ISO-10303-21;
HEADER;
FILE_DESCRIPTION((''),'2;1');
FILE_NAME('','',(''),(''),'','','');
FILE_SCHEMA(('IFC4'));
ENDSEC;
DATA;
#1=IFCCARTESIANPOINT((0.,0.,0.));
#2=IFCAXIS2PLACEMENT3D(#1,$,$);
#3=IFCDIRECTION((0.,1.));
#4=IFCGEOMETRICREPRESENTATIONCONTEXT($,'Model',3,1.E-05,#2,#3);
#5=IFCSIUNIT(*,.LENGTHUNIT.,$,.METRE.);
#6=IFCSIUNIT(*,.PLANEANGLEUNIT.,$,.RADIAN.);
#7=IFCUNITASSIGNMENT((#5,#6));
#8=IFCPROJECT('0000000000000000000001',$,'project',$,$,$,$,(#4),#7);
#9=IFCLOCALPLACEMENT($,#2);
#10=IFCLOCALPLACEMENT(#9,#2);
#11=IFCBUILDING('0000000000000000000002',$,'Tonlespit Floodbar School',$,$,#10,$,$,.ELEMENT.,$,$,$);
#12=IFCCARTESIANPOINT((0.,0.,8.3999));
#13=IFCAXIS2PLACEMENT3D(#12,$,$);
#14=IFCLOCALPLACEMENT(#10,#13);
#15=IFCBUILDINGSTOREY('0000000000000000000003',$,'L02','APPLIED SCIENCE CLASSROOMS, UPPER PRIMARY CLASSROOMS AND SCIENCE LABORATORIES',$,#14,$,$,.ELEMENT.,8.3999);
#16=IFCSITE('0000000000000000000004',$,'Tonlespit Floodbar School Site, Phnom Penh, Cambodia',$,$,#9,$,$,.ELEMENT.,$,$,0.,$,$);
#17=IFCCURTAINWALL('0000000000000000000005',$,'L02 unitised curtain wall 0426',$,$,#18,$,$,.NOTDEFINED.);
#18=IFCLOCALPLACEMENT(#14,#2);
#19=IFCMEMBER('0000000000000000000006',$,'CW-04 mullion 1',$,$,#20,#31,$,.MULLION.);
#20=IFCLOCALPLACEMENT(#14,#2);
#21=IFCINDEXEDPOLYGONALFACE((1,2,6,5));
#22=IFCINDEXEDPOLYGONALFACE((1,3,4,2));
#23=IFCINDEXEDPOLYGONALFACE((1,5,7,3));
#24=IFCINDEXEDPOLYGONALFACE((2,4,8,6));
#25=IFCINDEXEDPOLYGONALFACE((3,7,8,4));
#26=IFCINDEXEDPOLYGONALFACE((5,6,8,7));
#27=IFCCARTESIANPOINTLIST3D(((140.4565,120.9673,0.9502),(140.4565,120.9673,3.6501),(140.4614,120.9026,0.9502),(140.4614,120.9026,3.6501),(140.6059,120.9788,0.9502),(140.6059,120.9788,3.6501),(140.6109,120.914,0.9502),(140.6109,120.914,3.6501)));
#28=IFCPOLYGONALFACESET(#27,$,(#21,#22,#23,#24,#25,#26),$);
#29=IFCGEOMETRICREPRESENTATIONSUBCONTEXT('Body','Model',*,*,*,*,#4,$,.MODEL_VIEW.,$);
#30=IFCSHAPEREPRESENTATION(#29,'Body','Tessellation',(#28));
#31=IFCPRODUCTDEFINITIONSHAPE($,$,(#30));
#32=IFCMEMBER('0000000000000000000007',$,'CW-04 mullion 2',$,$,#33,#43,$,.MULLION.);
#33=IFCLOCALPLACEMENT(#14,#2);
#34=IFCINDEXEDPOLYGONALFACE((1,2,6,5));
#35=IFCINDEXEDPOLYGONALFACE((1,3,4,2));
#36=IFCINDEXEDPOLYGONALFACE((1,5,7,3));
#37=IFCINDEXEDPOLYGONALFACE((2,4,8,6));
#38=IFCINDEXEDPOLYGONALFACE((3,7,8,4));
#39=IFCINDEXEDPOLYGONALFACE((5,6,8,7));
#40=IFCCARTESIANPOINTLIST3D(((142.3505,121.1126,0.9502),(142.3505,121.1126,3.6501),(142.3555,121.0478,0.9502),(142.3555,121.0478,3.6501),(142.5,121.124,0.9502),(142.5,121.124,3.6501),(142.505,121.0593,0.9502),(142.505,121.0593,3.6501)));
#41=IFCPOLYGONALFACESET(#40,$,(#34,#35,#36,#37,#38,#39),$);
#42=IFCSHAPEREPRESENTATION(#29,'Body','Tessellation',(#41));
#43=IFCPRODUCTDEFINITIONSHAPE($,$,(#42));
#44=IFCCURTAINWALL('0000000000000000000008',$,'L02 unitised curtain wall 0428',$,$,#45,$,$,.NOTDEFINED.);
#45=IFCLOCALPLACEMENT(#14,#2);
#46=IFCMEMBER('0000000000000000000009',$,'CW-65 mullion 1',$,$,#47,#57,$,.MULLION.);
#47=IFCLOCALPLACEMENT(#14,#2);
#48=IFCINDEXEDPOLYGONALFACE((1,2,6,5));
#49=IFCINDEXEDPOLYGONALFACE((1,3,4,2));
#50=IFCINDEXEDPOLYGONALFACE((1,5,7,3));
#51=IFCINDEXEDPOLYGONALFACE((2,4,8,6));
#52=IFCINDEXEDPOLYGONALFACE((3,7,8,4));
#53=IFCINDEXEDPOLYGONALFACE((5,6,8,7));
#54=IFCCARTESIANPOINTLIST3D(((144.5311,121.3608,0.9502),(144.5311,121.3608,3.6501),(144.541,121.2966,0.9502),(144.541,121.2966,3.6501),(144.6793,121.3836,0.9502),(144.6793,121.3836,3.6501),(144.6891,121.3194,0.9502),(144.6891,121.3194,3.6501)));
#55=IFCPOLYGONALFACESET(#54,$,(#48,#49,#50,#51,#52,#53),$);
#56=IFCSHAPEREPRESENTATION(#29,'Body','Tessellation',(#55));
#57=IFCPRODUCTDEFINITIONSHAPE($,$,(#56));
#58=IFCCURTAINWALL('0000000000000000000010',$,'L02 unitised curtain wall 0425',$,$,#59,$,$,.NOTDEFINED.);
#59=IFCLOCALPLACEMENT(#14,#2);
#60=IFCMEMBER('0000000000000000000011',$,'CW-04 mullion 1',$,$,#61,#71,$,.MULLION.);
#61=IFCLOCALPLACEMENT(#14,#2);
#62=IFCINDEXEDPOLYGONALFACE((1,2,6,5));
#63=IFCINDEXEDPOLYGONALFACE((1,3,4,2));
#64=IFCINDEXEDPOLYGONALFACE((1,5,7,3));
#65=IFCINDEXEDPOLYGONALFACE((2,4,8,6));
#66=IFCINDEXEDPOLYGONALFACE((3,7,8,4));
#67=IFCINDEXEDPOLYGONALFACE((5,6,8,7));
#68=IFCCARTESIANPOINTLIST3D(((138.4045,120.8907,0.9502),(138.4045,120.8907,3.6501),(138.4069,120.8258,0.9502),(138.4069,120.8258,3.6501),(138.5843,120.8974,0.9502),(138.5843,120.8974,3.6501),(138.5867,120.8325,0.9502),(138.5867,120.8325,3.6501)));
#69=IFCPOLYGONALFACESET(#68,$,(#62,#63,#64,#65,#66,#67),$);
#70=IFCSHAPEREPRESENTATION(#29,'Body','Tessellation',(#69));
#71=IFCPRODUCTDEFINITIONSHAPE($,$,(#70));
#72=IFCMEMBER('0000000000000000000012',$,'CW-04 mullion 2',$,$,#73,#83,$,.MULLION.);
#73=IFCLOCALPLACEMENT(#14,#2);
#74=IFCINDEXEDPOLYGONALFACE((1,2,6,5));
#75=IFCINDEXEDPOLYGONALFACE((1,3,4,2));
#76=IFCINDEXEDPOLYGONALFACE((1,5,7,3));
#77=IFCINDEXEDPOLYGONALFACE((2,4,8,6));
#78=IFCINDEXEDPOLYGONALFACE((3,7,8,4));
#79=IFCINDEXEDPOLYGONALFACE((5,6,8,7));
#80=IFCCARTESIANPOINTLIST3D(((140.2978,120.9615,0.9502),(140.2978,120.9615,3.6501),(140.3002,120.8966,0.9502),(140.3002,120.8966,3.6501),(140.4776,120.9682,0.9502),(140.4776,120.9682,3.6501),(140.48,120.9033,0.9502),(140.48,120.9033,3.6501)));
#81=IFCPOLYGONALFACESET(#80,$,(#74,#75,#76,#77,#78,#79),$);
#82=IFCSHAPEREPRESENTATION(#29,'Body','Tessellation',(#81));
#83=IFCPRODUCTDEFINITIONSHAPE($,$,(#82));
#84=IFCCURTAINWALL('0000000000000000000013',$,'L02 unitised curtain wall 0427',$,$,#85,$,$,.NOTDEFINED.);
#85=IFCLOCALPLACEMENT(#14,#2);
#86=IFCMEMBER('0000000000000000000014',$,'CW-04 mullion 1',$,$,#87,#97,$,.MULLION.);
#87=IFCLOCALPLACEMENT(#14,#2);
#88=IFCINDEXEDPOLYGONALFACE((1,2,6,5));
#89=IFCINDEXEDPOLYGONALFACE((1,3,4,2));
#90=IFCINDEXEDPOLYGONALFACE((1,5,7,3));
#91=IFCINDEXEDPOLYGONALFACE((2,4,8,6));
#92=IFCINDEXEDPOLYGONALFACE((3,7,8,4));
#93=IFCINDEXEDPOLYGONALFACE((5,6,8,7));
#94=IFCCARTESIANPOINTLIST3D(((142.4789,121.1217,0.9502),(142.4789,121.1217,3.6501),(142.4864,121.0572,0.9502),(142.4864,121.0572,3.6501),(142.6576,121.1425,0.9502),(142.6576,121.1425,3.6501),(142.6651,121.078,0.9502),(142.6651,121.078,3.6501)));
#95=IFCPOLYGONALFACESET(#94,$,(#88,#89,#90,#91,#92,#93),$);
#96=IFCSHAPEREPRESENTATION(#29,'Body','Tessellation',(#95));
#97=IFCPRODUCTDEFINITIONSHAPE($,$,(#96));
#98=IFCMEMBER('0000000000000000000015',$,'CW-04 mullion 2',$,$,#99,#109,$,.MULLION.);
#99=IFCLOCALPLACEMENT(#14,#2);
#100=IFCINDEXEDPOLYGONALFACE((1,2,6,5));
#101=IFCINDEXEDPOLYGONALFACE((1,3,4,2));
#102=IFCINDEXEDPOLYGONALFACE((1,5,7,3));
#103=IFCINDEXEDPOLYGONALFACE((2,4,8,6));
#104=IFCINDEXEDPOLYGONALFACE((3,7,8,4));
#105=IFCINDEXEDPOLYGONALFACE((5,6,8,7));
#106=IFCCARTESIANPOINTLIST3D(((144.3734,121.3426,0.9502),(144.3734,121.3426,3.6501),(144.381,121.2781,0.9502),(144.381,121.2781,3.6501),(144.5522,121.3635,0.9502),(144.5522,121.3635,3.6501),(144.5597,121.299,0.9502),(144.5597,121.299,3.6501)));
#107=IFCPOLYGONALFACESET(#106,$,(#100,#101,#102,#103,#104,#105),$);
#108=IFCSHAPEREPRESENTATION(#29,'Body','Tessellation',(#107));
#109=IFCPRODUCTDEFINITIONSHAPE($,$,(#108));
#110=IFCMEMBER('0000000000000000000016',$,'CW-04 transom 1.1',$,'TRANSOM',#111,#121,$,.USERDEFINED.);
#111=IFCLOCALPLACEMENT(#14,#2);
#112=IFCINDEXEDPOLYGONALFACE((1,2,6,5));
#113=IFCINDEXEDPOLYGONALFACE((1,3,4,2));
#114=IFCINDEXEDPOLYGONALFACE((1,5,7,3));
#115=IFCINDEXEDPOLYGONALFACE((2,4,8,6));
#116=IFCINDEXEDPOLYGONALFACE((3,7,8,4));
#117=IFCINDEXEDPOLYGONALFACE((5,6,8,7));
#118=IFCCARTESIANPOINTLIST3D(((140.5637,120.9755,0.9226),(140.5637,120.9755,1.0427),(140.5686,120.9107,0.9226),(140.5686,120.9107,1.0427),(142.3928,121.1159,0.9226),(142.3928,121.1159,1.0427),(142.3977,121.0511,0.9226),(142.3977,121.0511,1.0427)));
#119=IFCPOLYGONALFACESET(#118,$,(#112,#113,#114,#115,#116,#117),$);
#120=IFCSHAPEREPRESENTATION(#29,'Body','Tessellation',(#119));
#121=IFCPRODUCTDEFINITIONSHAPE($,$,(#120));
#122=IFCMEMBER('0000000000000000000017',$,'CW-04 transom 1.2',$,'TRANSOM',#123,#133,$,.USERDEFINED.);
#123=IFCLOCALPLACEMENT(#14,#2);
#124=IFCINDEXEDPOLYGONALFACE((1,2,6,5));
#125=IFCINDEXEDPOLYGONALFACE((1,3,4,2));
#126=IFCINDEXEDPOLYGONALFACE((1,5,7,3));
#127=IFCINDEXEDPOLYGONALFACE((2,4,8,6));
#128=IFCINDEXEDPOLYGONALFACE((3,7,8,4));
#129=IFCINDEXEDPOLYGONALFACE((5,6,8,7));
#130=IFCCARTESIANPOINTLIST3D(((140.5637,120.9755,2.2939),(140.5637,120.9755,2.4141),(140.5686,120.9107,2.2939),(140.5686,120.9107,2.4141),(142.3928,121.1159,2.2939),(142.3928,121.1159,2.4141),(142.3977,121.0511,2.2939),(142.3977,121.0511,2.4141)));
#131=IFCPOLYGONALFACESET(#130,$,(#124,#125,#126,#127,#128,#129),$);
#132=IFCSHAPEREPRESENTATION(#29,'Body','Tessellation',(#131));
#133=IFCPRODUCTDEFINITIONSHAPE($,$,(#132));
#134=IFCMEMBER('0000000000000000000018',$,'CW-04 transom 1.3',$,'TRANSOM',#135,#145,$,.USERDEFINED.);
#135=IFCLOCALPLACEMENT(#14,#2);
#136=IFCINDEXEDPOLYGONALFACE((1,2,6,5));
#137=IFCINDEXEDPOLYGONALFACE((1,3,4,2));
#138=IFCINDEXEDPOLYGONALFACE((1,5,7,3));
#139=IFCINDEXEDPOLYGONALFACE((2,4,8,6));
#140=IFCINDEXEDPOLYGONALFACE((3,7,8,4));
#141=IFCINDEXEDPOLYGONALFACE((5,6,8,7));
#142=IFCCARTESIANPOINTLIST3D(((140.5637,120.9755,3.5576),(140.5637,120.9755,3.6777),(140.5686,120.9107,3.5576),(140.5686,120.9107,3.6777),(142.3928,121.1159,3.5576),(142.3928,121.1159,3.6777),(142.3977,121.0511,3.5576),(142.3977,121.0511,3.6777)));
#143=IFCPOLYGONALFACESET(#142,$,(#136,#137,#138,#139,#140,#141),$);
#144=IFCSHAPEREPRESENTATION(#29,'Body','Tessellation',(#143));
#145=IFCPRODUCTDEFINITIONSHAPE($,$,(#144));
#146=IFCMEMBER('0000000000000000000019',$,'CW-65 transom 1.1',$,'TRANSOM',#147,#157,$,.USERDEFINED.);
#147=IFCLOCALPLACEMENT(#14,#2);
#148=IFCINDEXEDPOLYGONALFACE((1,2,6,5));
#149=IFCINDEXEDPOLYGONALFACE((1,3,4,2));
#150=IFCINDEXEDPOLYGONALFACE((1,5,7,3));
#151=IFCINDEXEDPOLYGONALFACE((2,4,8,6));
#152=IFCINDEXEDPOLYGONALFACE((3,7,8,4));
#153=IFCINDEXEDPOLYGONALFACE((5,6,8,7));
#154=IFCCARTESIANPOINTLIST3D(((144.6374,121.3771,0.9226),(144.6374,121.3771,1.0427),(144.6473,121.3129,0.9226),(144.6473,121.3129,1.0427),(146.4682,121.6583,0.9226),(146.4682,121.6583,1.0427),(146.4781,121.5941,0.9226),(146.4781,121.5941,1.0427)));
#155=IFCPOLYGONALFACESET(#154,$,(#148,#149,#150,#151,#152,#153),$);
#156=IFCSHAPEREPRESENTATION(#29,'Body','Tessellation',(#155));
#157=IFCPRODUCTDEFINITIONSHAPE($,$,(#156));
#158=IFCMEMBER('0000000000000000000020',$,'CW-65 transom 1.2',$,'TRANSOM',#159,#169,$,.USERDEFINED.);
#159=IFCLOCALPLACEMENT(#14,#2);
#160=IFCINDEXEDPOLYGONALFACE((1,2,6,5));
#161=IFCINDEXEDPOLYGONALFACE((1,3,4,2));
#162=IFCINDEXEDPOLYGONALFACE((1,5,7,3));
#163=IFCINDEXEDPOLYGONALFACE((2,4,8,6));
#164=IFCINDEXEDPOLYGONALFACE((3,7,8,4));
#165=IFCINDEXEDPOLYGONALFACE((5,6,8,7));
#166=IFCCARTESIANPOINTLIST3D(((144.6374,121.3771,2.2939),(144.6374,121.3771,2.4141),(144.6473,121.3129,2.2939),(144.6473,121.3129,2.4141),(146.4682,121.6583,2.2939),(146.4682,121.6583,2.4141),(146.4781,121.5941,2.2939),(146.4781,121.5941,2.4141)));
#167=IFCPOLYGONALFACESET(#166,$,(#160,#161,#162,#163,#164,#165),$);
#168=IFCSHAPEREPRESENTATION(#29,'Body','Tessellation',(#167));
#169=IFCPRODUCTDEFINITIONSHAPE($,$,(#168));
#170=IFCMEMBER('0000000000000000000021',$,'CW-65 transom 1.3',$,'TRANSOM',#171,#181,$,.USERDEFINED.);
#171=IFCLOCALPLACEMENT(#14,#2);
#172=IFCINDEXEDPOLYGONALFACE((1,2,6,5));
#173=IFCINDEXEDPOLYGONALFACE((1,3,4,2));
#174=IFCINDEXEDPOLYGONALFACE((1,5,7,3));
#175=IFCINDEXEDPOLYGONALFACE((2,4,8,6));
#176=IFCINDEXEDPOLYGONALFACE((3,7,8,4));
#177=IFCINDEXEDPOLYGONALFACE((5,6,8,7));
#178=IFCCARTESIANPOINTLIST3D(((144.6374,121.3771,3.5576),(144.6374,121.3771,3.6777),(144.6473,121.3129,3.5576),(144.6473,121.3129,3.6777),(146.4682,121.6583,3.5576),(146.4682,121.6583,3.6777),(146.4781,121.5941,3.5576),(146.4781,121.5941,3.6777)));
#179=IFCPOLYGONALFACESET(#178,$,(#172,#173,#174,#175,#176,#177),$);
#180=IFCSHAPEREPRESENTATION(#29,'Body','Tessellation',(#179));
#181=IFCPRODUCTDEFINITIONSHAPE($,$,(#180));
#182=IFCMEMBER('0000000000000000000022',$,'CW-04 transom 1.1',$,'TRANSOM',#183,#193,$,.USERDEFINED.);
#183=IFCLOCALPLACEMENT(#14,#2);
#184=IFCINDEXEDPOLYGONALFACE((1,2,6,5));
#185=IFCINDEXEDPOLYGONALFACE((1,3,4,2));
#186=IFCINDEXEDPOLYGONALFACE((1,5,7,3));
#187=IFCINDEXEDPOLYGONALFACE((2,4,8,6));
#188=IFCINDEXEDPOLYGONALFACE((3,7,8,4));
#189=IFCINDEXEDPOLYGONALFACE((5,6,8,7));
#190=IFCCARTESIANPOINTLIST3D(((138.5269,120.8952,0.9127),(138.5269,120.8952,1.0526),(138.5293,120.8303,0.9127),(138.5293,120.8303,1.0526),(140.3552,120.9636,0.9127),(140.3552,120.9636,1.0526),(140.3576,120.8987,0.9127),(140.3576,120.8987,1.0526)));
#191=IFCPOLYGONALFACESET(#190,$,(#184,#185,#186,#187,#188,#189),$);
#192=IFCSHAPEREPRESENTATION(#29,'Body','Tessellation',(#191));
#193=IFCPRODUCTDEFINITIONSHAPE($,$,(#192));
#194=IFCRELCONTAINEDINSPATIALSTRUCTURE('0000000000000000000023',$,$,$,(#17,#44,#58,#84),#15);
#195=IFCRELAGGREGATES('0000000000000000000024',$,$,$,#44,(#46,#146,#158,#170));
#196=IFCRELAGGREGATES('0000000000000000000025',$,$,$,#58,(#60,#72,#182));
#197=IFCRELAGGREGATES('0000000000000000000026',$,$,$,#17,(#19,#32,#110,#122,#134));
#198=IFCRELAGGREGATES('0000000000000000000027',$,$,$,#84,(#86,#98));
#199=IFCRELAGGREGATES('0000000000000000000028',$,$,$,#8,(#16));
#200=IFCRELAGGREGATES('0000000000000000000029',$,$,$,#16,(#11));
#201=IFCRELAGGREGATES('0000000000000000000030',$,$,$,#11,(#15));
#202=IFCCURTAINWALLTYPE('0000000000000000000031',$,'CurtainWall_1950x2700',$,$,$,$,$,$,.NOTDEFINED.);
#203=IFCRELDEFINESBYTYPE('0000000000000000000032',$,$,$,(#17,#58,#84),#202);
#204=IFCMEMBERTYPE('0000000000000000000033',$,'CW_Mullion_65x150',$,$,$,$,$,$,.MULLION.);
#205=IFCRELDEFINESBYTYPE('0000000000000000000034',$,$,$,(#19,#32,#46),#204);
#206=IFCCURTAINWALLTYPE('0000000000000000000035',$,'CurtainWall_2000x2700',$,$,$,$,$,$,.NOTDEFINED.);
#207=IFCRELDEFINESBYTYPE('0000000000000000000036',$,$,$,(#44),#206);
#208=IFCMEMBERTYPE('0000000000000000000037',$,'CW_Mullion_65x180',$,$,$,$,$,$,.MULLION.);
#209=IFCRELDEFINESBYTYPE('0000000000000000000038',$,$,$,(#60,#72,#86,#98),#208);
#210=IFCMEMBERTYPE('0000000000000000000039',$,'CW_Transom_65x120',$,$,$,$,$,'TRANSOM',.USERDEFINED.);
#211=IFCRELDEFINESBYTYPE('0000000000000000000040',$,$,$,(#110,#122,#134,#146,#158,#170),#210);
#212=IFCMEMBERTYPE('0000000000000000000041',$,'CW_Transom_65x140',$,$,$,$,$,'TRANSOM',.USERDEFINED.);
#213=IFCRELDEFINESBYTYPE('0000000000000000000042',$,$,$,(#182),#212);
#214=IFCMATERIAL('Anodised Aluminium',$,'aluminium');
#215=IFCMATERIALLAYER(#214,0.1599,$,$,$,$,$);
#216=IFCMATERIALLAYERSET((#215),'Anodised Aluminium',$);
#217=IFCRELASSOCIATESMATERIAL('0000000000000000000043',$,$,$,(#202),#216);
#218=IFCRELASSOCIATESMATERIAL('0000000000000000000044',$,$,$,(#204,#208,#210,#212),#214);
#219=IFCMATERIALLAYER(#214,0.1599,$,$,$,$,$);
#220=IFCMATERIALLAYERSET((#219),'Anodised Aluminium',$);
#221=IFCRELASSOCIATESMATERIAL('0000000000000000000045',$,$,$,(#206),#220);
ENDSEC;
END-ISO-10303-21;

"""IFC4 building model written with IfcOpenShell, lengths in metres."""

from ifc_helpers import new_model, si_unit, direction, frame, origin, origin_2d, place, context, subcontext, project, spatial, rectangle, extrude, material, layer, layer_set, material_profile, profile_set, type_object, element, aggregate, save


model = new_model("IFC4")

# Units and contexts
model_context = context("Model", 3, precision=1e-05, world=origin(), true_north=direction((0.0, 1.0)))
body_context = subcontext(model_context, "Body", "Model", "MODEL_VIEW")
ifc_project = project(units=[si_unit("LENGTHUNIT", "METRE"), si_unit("PLANEANGLEUNIT", "RADIAN")], contexts=[model_context])

# Site, building, storey
site_placement = place(None, origin())
site = spatial("IfcSite", under=ifc_project, at=site_placement, Name="Tonlespit Floodbar School Site, Phnom Penh, Cambodia", CompositionType="ELEMENT", RefElevation=0.0)
building_placement = place(site_placement, origin())
building = spatial("IfcBuilding", under=site, at=building_placement, Name="Tonlespit Floodbar School", CompositionType="ELEMENT")
storey_placement = place(building_placement, frame((0.0, 0.0, 8.3999)))
storey = spatial("IfcBuildingStorey", under=building, at=storey_placement, Name="L02", Description="APPLIED SCIENCE CLASSROOMS, UPPER PRIMARY CLASSROOMS AND SCIENCE LABORATORIES", CompositionType="ELEMENT", Elevation=8.3999)

# Curtain wall, members
ifc_material_1 = material(Name="Anodised Aluminium", Category="aluminium")
ifc_layer_1 = layer(ifc_material_1, 0.1599)
ifc_layer_set_1 = layer_set([ifc_layer_1], Name="Anodised Aluminium")
curtain_wall_type_1 = type_object("IfcCurtainWallType", Name="CurtainWall_1950x2700", PredefinedType="NOTDEFINED", material=ifc_layer_set_1)
curtain_wall_1_placement = place(storey_placement, origin())
curtain_wall_1 = element("IfcCurtainWall", 1, at=curtain_wall_1_placement, inside=storey, type_object=curtain_wall_type_1, Name="L02 unitised curtain wall 0426", PredefinedType="NOTDEFINED")
ifc_material_profile_1 = material_profile(ifc_material_1, rectangle(XDim=0.0649, YDim=0.1499, at=origin_2d()), Name="ALU M65x150")
ifc_profile_set_1 = profile_set([ifc_material_profile_1], Name="Anodised Aluminium")
member_type_1 = type_object("IfcMemberType", Name="CW_Mullion_65x150", PredefinedType="MULLION", material=ifc_profile_set_1)
member_1_placement = place(storey_placement, frame((140.5337, 120.9407, 0.9502), z_axis=(0.0, 0.0, 1.0), x_axis=(-0.07651, 0.997069, 0.0)))
member_1 = element("IfcMember", 2, at=member_1_placement, type_object=member_type_1, Name="CW-04 mullion 1", PredefinedType="MULLION", context=body_context, shape_type="SweptSolid", body=[
    extrude(rectangle(XDim=0.0649, YDim=0.1499, at=origin_2d()), origin(), (0.0, 0.0, 1.0), 2.7),
])
member_2_placement = place(storey_placement, frame((142.4277, 121.0859, 0.9502), z_axis=(0.0, 0.0, 1.0), x_axis=(-0.07651, 0.997069, 0.0)))
member_2 = element("IfcMember", 3, at=member_2_placement, type_object=member_type_1, Name="CW-04 mullion 2", PredefinedType="MULLION", context=body_context, shape_type="SweptSolid", body=[
    extrude(rectangle(XDim=0.0649, YDim=0.1499, at=origin_2d()), origin(), (0.0, 0.0, 1.0), 2.7),
])

# Curtain wall, member
ifc_layer_2 = layer(ifc_material_1, 0.1599)
ifc_layer_set_2 = layer_set([ifc_layer_2], Name="Anodised Aluminium")
curtain_wall_type_2 = type_object("IfcCurtainWallType", Name="CurtainWall_2000x2700", PredefinedType="NOTDEFINED", material=ifc_layer_set_2)
curtain_wall_2_placement = place(storey_placement, origin())
curtain_wall_2 = element("IfcCurtainWall", 4, at=curtain_wall_2_placement, inside=storey, type_object=curtain_wall_type_2, Name="L02 unitised curtain wall 0428", PredefinedType="NOTDEFINED")
member_3_placement = place(storey_placement, frame((144.6101, 121.3401, 0.9502), z_axis=(0.0, 0.0, 1.0), x_axis=(-0.151837, 0.988405, 0.0)))
member_3 = element("IfcMember", 5, at=member_3_placement, type_object=member_type_1, Name="CW-65 mullion 1", PredefinedType="MULLION", context=body_context, shape_type="SweptSolid", body=[
    extrude(rectangle(XDim=0.0649, YDim=0.1499, at=origin_2d()), origin(), (0.0, 0.0, 1.0), 2.7),
])

# Curtain walls, members
curtain_wall_3_placement = place(storey_placement, origin())
curtain_wall_3 = element("IfcCurtainWall", 6, at=curtain_wall_3_placement, inside=storey, type_object=curtain_wall_type_1, Name="L02 unitised curtain wall 0425", PredefinedType="NOTDEFINED")
ifc_material_profile_2 = material_profile(ifc_material_1, rectangle(XDim=0.0649, YDim=0.1799, at=origin_2d()), Name="ALU M65x180")
ifc_profile_set_2 = profile_set([ifc_material_profile_2], Name="Anodised Aluminium")
member_type_2 = type_object("IfcMemberType", Name="CW_Mullion_65x180", PredefinedType="MULLION", material=ifc_profile_set_2)
member_4_placement = place(storey_placement, frame((138.4956, 120.8616, 0.9502), z_axis=(0.0, 0.0, 1.0), x_axis=(-0.037351, 0.999302, 0.0)))
member_4 = element("IfcMember", 7, at=member_4_placement, type_object=member_type_2, Name="CW-04 mullion 1", PredefinedType="MULLION", context=body_context, shape_type="SweptSolid", body=[
    extrude(rectangle(XDim=0.0649, YDim=0.1799, at=origin_2d()), origin(), (0.0, 0.0, 1.0), 2.7),
])
member_5_placement = place(storey_placement, frame((140.3889, 120.9324, 0.9502), z_axis=(0.0, 0.0, 1.0), x_axis=(-0.037351, 0.999302, 0.0)))
member_5 = element("IfcMember", 8, at=member_5_placement, type_object=member_type_2, Name="CW-04 mullion 2", PredefinedType="MULLION", context=body_context, shape_type="SweptSolid", body=[
    extrude(rectangle(XDim=0.0649, YDim=0.1799, at=origin_2d()), origin(), (0.0, 0.0, 1.0), 2.7),
])
curtain_wall_4_placement = place(storey_placement, origin())
curtain_wall_4 = element("IfcCurtainWall", 9, at=curtain_wall_4_placement, inside=storey, type_object=curtain_wall_type_1, Name="L02 unitised curtain wall 0427", PredefinedType="NOTDEFINED")
member_6_placement = place(storey_placement, frame((142.572, 121.0999, 0.9502), z_axis=(0.0, 0.0, 1.0), x_axis=(-0.1158, 0.993273, 0.0)))
member_6 = element("IfcMember", 10, at=member_6_placement, type_object=member_type_2, Name="CW-04 mullion 1", PredefinedType="MULLION", context=body_context, shape_type="SweptSolid", body=[
    extrude(rectangle(XDim=0.0649, YDim=0.1799, at=origin_2d()), origin(), (0.0, 0.0, 1.0), 2.7),
])
member_7_placement = place(storey_placement, frame((144.4666, 121.3208, 0.9502), z_axis=(0.0, 0.0, 1.0), x_axis=(-0.1158, 0.993273, 0.0)))
member_7 = element("IfcMember", 11, at=member_7_placement, type_object=member_type_2, Name="CW-04 mullion 2", PredefinedType="MULLION", context=body_context, shape_type="SweptSolid", body=[
    extrude(rectangle(XDim=0.0649, YDim=0.1799, at=origin_2d()), origin(), (0.0, 0.0, 1.0), 2.7),
])

# Members
ifc_material_profile_3 = material_profile(ifc_material_1, rectangle(XDim=0.0649, YDim=0.1201, at=origin_2d()), Name="ALU T65x120")
ifc_profile_set_3 = profile_set([ifc_material_profile_3], Name="Anodised Aluminium")
member_type_3 = type_object("IfcMemberType", Name="CW_Transom_65x120", ElementType="TRANSOM", PredefinedType="USERDEFINED", material=ifc_profile_set_3)
member_8_placement = place(storey_placement, frame((140.5662, 120.9431, 0.9827), z_axis=(0.997068, 0.076523, 0.0), x_axis=(-0.076523, 0.997068, 0.0)))
member_8 = element("IfcMember", 12, at=member_8_placement, type_object=member_type_3, Name="CW-04 transom 1.1", ObjectType="TRANSOM", PredefinedType="USERDEFINED", context=body_context, shape_type="SweptSolid", body=[
    extrude(rectangle(XDim=0.0649, YDim=0.1201, at=origin_2d()), origin(), (0.0, 0.0, 1.0), 1.8345),
])
member_9_placement = place(storey_placement, frame((140.5662, 120.9431, 2.354), z_axis=(0.997068, 0.076523, 0.0), x_axis=(-0.076523, 0.997068, 0.0)))
member_9 = element("IfcMember", 13, at=member_9_placement, type_object=member_type_3, Name="CW-04 transom 1.2", ObjectType="TRANSOM", PredefinedType="USERDEFINED", context=body_context, shape_type="SweptSolid", body=[
    extrude(rectangle(XDim=0.0649, YDim=0.1201, at=origin_2d()), origin(), (0.0, 0.0, 1.0), 1.8345),
])
member_10_placement = place(storey_placement, frame((140.5662, 120.9431, 3.6177), z_axis=(0.997068, 0.076523, 0.0), x_axis=(-0.076523, 0.997068, 0.0)))
member_10 = element("IfcMember", 14, at=member_10_placement, type_object=member_type_3, Name="CW-04 transom 1.3", ObjectType="TRANSOM", PredefinedType="USERDEFINED", context=body_context, shape_type="SweptSolid", body=[
    extrude(rectangle(XDim=0.0649, YDim=0.1201, at=origin_2d()), origin(), (0.0, 0.0, 1.0), 1.8345),
])
member_11_placement = place(storey_placement, frame((144.6423, 121.345, 0.9827), z_axis=(0.988405, 0.151839, 0.0), x_axis=(-0.151839, 0.988405, 0.0)))
member_11 = element("IfcMember", 15, at=member_11_placement, type_object=member_type_3, Name="CW-65 transom 1.1", ObjectType="TRANSOM", PredefinedType="USERDEFINED", context=body_context, shape_type="SweptSolid", body=[
    extrude(rectangle(XDim=0.0649, YDim=0.1201, at=origin_2d()), origin(), (0.0, 0.0, 1.0), 1.8523),
])
member_12_placement = place(storey_placement, frame((144.6423, 121.345, 2.354), z_axis=(0.988405, 0.151839, 0.0), x_axis=(-0.151839, 0.988405, 0.0)))
member_12 = element("IfcMember", 16, at=member_12_placement, type_object=member_type_3, Name="CW-65 transom 1.2", ObjectType="TRANSOM", PredefinedType="USERDEFINED", context=body_context, shape_type="SweptSolid", body=[
    extrude(rectangle(XDim=0.0649, YDim=0.1201, at=origin_2d()), origin(), (0.0, 0.0, 1.0), 1.8523),
])
member_13_placement = place(storey_placement, frame((144.6423, 121.345, 3.6177), z_axis=(0.988405, 0.151839, 0.0), x_axis=(-0.151839, 0.988405, 0.0)))
member_13 = element("IfcMember", 17, at=member_13_placement, type_object=member_type_3, Name="CW-65 transom 1.3", ObjectType="TRANSOM", PredefinedType="USERDEFINED", context=body_context, shape_type="SweptSolid", body=[
    extrude(rectangle(XDim=0.0649, YDim=0.1201, at=origin_2d()), origin(), (0.0, 0.0, 1.0), 1.8523),
])
aggregate(curtain_wall_2, [member_3, member_11, member_12, member_13])
ifc_material_profile_4 = material_profile(ifc_material_1, rectangle(XDim=0.0649, YDim=0.1399, at=origin_2d()), Name="ALU T65x140")
ifc_profile_set_4 = profile_set([ifc_material_profile_4], Name="Anodised Aluminium")
member_type_4 = type_object("IfcMemberType", Name="CW_Transom_65x140", ElementType="TRANSOM", PredefinedType="USERDEFINED", material=ifc_profile_set_4)
member_14_placement = place(storey_placement, frame((138.5281, 120.8628, 0.9827), z_axis=(0.999302, 0.037362, 0.0), x_axis=(-0.037362, 0.999302, 0.0)))
member_14 = element("IfcMember", 18, at=member_14_placement, type_object=member_type_4, Name="CW-04 transom 1.1", ObjectType="TRANSOM", PredefinedType="USERDEFINED", context=body_context, shape_type="SweptSolid", body=[
    extrude(rectangle(XDim=0.0649, YDim=0.1399, at=origin_2d()), origin(), (0.0, 0.0, 1.0), 1.8296),
])

aggregate(curtain_wall_3, [member_4, member_5, member_14])
aggregate(curtain_wall_1, [member_1, member_2, member_8, member_9, member_10])
aggregate(curtain_wall_4, [member_6, member_7])

save(model, "model.ifc")
